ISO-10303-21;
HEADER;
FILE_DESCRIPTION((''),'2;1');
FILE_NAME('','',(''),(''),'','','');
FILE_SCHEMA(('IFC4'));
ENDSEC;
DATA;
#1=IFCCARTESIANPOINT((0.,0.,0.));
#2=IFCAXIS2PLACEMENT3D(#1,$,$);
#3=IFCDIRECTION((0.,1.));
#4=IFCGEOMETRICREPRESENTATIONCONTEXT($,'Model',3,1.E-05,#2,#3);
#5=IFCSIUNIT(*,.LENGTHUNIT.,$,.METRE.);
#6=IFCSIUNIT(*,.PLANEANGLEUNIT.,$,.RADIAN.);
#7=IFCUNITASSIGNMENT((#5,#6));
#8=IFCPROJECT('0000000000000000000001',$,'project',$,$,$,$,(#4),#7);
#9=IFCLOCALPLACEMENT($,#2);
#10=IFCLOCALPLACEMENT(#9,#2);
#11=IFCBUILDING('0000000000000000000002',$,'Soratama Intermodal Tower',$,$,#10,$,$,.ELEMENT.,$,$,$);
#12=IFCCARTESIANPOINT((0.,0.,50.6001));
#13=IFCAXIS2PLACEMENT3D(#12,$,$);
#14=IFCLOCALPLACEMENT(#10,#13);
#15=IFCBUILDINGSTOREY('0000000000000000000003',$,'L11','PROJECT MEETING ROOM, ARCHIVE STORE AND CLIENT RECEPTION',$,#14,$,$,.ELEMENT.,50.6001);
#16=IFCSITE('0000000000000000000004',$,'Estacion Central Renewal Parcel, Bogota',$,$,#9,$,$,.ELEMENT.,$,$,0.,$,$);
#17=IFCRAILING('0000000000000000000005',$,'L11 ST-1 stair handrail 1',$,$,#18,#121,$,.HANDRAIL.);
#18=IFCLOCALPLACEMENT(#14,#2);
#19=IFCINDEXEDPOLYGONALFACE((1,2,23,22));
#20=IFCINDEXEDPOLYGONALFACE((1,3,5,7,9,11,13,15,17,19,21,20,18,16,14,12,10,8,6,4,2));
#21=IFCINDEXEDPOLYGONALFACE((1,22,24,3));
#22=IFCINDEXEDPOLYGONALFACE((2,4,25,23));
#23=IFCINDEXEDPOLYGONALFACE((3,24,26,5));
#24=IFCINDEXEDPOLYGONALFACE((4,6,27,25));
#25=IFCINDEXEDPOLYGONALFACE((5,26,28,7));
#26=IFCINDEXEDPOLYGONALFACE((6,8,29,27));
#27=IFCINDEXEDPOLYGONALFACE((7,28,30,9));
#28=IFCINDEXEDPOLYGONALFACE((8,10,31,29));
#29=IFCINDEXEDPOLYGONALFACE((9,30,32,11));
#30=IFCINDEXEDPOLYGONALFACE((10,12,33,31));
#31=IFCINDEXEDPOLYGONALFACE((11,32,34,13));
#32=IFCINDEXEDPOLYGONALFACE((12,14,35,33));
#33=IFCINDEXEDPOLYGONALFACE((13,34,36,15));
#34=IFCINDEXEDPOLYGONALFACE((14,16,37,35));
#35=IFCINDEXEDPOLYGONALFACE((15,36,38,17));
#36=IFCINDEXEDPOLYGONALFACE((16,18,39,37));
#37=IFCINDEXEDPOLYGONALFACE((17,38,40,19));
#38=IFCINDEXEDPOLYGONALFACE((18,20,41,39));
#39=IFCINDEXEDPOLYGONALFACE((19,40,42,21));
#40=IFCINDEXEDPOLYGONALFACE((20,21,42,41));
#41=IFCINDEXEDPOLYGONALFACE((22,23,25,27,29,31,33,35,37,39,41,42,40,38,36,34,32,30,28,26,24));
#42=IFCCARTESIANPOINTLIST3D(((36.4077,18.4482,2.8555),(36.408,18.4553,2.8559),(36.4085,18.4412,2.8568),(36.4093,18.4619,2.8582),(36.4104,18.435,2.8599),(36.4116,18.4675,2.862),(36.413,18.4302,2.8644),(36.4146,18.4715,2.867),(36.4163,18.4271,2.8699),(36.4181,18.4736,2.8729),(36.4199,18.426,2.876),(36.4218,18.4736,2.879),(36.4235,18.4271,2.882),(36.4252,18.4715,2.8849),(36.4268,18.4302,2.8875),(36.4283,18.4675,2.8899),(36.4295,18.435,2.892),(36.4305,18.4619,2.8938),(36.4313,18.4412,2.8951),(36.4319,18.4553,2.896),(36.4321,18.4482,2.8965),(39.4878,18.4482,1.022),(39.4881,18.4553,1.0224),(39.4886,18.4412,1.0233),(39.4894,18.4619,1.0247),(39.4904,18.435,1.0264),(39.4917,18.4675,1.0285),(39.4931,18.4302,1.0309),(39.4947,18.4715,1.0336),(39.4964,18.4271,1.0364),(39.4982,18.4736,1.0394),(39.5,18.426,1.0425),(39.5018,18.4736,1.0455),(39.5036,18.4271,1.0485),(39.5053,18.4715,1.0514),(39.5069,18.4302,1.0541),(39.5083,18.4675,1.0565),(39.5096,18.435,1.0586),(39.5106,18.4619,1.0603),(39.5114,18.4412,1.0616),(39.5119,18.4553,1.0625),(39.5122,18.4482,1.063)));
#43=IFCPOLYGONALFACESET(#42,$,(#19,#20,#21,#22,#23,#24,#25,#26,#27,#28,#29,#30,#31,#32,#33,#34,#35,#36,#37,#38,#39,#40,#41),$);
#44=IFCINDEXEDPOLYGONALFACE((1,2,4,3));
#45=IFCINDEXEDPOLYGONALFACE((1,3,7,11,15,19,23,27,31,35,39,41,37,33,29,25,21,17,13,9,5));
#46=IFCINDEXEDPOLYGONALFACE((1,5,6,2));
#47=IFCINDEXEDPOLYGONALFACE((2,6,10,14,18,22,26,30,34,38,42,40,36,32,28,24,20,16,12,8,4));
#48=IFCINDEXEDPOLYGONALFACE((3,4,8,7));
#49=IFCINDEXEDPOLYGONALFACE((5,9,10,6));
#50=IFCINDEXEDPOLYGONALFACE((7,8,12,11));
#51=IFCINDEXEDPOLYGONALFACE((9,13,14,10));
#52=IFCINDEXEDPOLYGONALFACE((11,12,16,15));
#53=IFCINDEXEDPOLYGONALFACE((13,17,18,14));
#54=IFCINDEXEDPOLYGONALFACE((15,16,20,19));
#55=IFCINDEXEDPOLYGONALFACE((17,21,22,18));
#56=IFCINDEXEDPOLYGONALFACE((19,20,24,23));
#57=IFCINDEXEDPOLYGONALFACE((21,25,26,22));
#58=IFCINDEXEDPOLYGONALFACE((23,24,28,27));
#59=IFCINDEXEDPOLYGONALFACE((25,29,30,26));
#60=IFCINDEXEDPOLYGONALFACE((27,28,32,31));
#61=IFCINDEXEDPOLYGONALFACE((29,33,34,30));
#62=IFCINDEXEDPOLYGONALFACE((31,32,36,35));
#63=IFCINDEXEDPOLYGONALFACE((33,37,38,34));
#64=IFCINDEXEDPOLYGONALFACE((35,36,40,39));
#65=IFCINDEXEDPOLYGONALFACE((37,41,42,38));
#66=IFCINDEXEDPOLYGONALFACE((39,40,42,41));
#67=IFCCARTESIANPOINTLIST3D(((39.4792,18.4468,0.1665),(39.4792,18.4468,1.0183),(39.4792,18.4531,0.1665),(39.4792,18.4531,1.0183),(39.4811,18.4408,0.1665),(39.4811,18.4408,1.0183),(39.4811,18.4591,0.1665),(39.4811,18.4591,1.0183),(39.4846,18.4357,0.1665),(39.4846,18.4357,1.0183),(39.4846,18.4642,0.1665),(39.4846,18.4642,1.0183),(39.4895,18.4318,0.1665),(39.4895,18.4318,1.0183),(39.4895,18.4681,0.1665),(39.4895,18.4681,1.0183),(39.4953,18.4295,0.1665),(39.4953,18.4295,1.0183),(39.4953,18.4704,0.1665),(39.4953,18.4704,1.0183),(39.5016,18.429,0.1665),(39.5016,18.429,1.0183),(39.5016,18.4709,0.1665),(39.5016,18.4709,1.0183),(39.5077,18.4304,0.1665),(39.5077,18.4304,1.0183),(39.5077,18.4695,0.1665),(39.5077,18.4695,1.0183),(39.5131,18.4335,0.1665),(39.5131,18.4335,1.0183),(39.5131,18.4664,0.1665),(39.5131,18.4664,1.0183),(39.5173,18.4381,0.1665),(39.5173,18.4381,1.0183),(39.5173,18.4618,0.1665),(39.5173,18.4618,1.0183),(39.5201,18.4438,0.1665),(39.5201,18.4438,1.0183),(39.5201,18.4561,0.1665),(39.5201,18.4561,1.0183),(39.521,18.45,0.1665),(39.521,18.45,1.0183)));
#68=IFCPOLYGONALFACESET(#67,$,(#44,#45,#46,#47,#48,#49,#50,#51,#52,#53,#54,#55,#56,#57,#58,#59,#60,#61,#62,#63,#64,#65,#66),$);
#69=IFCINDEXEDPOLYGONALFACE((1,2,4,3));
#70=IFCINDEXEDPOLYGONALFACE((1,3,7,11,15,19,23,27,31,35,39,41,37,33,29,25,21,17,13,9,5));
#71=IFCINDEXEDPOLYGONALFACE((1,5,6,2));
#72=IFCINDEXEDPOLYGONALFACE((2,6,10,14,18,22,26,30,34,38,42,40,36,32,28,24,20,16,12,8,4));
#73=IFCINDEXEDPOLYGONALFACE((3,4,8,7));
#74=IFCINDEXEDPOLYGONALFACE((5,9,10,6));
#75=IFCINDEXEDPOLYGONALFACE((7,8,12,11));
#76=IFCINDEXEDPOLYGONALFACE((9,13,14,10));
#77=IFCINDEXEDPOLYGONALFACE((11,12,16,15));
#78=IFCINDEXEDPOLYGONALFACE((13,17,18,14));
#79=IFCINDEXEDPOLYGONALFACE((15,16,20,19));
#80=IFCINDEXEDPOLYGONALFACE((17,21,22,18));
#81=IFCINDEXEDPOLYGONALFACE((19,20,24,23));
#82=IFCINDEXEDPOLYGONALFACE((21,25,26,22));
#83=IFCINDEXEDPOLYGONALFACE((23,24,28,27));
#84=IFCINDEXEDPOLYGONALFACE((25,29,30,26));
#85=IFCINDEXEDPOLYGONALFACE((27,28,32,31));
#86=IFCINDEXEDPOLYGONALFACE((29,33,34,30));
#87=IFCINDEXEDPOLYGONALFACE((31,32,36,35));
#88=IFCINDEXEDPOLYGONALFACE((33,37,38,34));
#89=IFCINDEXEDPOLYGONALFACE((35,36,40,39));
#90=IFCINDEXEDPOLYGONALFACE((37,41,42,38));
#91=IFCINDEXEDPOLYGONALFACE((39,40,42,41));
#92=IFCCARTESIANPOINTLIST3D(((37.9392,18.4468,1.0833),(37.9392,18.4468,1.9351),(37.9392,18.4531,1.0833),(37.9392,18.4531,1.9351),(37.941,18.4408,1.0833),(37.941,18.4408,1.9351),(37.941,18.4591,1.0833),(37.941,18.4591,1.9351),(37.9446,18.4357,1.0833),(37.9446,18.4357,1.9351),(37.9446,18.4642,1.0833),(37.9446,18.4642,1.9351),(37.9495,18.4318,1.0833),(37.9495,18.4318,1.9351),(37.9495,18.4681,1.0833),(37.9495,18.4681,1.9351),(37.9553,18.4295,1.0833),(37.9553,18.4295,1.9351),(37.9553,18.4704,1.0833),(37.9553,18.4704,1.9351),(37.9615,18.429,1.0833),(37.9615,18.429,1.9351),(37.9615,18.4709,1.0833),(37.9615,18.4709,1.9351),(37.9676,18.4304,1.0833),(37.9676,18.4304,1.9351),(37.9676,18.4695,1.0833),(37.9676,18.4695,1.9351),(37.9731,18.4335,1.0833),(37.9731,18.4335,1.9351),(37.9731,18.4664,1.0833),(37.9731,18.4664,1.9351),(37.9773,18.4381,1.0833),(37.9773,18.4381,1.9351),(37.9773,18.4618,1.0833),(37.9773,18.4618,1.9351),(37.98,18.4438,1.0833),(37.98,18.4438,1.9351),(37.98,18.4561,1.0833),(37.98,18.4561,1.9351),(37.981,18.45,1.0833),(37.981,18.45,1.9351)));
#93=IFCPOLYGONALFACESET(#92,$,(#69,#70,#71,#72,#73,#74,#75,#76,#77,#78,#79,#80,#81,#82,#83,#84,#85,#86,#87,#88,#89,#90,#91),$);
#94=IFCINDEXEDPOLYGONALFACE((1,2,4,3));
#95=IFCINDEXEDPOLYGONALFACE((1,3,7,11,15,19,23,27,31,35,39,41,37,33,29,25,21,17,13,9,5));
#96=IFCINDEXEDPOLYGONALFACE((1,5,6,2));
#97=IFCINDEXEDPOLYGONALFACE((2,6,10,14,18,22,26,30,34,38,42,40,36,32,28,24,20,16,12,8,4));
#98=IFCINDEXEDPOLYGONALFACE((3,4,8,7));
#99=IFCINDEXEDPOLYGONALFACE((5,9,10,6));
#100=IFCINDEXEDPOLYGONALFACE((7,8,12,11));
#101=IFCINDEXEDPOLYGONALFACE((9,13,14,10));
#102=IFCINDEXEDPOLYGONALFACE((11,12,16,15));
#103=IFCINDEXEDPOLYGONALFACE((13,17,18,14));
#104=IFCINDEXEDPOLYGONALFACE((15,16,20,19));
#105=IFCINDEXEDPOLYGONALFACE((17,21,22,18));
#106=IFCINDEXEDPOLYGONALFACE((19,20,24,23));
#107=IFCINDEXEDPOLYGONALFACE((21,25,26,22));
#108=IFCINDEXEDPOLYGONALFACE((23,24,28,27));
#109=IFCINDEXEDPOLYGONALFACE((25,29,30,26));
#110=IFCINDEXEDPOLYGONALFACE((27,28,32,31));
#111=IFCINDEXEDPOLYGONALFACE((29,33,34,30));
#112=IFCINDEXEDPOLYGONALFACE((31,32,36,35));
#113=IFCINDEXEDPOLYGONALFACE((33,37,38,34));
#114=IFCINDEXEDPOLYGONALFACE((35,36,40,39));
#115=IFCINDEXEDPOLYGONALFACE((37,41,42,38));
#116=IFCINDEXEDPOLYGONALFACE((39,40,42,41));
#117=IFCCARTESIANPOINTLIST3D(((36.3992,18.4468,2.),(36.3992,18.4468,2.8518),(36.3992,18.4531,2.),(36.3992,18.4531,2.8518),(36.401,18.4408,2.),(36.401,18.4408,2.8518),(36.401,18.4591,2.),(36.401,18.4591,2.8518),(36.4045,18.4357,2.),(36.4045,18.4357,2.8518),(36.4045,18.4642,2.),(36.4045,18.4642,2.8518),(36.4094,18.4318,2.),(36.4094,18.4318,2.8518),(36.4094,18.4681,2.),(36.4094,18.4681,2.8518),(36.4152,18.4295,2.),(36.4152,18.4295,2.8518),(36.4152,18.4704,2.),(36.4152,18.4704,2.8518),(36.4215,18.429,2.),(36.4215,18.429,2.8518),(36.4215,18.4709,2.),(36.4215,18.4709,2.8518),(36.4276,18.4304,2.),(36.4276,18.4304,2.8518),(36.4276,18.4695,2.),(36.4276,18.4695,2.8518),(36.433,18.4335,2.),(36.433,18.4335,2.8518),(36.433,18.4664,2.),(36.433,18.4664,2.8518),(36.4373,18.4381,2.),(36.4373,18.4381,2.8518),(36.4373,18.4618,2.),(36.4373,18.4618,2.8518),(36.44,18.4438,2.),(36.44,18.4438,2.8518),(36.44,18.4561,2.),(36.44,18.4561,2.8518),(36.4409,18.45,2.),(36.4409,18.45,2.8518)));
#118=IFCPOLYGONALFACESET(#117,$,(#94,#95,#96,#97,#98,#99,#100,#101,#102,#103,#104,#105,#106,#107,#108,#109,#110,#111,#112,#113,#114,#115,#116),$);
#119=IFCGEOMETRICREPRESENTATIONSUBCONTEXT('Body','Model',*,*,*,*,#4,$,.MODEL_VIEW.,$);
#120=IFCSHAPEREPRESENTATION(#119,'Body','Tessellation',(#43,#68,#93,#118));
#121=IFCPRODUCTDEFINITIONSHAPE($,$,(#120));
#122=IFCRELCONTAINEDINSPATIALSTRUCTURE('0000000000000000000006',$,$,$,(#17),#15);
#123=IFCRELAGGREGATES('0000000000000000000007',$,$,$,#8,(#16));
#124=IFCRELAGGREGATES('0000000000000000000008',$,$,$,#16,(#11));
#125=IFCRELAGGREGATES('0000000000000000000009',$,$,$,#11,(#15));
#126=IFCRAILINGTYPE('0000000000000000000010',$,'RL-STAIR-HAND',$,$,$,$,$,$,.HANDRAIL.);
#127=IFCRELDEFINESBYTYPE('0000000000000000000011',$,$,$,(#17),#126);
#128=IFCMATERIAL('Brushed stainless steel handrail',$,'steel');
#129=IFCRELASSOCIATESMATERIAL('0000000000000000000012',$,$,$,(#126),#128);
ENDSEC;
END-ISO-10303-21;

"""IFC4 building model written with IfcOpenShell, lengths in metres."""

from ifc_helpers import new_model, si_unit, direction, frame, origin, origin_2d, place, context, subcontext, project, spatial, circle, extrude, material, type_object, element, save


model = new_model("IFC4")

# Units and contexts
model_context = context("Model", 3, precision=1e-05, world=origin(), true_north=direction((0.0, 1.0)))
body_context = subcontext(model_context, "Body", "Model", "MODEL_VIEW")
ifc_project = project(units=[si_unit("LENGTHUNIT", "METRE"), si_unit("PLANEANGLEUNIT", "RADIAN")], contexts=[model_context])

# Site, building, storey
site_placement = place(None, origin())
site = spatial("IfcSite", under=ifc_project, at=site_placement, Name="Estacion Central Renewal Parcel, Bogota", CompositionType="ELEMENT", RefElevation=0.0)
building_placement = place(site_placement, origin())
building = spatial("IfcBuilding", under=site, at=building_placement, Name="Soratama Intermodal Tower", CompositionType="ELEMENT")
storey_placement = place(building_placement, frame((0.0, 0.0, 50.6001)))
storey = spatial("IfcBuildingStorey", under=building, at=storey_placement, Name="L11", Description="PROJECT MEETING ROOM, ARCHIVE STORE AND CLIENT RECEPTION", CompositionType="ELEMENT", Elevation=50.6001)

# Railing
ifc_material_1 = material(Name="Brushed stainless steel handrail", Category="steel")
railing_type_1 = type_object("IfcRailingType", Name="RL-STAIR-HAND", PredefinedType="HANDRAIL", material=ifc_material_1)
railing_1_placement = place(storey_placement, frame((39.5, 18.45, 0.1665)))
element("IfcRailing", 1, at=railing_1_placement, inside=storey, type_object=railing_type_1, Name="L11 ST-1 stair handrail 1", PredefinedType="HANDRAIL", context=body_context, shape_type="SweptSolid", body=[
    extrude(circle(Radius=0.0239, at=origin_2d()), frame((0.0, 0.0, 0.876), z_axis=(-0.859279, 0.0, 0.511508), x_axis=(0.0, -1.0, 0.0)), (0.0, 0.0, 1.0), 3.5845),
    extrude(circle(Radius=0.021, at=origin_2d()), origin(), (0.0, 0.0, 1.0), 0.8518),
    extrude(circle(Radius=0.021, at=origin_2d()), frame((-1.54, 0.0, 0.9167)), (0.0, 0.0, 1.0), 0.8518),
    extrude(circle(Radius=0.021, at=origin_2d()), frame((-3.0801, 0.0, 1.8335)), (0.0, 0.0, 1.0), 0.8518),
])

save(model, "model.ifc")
